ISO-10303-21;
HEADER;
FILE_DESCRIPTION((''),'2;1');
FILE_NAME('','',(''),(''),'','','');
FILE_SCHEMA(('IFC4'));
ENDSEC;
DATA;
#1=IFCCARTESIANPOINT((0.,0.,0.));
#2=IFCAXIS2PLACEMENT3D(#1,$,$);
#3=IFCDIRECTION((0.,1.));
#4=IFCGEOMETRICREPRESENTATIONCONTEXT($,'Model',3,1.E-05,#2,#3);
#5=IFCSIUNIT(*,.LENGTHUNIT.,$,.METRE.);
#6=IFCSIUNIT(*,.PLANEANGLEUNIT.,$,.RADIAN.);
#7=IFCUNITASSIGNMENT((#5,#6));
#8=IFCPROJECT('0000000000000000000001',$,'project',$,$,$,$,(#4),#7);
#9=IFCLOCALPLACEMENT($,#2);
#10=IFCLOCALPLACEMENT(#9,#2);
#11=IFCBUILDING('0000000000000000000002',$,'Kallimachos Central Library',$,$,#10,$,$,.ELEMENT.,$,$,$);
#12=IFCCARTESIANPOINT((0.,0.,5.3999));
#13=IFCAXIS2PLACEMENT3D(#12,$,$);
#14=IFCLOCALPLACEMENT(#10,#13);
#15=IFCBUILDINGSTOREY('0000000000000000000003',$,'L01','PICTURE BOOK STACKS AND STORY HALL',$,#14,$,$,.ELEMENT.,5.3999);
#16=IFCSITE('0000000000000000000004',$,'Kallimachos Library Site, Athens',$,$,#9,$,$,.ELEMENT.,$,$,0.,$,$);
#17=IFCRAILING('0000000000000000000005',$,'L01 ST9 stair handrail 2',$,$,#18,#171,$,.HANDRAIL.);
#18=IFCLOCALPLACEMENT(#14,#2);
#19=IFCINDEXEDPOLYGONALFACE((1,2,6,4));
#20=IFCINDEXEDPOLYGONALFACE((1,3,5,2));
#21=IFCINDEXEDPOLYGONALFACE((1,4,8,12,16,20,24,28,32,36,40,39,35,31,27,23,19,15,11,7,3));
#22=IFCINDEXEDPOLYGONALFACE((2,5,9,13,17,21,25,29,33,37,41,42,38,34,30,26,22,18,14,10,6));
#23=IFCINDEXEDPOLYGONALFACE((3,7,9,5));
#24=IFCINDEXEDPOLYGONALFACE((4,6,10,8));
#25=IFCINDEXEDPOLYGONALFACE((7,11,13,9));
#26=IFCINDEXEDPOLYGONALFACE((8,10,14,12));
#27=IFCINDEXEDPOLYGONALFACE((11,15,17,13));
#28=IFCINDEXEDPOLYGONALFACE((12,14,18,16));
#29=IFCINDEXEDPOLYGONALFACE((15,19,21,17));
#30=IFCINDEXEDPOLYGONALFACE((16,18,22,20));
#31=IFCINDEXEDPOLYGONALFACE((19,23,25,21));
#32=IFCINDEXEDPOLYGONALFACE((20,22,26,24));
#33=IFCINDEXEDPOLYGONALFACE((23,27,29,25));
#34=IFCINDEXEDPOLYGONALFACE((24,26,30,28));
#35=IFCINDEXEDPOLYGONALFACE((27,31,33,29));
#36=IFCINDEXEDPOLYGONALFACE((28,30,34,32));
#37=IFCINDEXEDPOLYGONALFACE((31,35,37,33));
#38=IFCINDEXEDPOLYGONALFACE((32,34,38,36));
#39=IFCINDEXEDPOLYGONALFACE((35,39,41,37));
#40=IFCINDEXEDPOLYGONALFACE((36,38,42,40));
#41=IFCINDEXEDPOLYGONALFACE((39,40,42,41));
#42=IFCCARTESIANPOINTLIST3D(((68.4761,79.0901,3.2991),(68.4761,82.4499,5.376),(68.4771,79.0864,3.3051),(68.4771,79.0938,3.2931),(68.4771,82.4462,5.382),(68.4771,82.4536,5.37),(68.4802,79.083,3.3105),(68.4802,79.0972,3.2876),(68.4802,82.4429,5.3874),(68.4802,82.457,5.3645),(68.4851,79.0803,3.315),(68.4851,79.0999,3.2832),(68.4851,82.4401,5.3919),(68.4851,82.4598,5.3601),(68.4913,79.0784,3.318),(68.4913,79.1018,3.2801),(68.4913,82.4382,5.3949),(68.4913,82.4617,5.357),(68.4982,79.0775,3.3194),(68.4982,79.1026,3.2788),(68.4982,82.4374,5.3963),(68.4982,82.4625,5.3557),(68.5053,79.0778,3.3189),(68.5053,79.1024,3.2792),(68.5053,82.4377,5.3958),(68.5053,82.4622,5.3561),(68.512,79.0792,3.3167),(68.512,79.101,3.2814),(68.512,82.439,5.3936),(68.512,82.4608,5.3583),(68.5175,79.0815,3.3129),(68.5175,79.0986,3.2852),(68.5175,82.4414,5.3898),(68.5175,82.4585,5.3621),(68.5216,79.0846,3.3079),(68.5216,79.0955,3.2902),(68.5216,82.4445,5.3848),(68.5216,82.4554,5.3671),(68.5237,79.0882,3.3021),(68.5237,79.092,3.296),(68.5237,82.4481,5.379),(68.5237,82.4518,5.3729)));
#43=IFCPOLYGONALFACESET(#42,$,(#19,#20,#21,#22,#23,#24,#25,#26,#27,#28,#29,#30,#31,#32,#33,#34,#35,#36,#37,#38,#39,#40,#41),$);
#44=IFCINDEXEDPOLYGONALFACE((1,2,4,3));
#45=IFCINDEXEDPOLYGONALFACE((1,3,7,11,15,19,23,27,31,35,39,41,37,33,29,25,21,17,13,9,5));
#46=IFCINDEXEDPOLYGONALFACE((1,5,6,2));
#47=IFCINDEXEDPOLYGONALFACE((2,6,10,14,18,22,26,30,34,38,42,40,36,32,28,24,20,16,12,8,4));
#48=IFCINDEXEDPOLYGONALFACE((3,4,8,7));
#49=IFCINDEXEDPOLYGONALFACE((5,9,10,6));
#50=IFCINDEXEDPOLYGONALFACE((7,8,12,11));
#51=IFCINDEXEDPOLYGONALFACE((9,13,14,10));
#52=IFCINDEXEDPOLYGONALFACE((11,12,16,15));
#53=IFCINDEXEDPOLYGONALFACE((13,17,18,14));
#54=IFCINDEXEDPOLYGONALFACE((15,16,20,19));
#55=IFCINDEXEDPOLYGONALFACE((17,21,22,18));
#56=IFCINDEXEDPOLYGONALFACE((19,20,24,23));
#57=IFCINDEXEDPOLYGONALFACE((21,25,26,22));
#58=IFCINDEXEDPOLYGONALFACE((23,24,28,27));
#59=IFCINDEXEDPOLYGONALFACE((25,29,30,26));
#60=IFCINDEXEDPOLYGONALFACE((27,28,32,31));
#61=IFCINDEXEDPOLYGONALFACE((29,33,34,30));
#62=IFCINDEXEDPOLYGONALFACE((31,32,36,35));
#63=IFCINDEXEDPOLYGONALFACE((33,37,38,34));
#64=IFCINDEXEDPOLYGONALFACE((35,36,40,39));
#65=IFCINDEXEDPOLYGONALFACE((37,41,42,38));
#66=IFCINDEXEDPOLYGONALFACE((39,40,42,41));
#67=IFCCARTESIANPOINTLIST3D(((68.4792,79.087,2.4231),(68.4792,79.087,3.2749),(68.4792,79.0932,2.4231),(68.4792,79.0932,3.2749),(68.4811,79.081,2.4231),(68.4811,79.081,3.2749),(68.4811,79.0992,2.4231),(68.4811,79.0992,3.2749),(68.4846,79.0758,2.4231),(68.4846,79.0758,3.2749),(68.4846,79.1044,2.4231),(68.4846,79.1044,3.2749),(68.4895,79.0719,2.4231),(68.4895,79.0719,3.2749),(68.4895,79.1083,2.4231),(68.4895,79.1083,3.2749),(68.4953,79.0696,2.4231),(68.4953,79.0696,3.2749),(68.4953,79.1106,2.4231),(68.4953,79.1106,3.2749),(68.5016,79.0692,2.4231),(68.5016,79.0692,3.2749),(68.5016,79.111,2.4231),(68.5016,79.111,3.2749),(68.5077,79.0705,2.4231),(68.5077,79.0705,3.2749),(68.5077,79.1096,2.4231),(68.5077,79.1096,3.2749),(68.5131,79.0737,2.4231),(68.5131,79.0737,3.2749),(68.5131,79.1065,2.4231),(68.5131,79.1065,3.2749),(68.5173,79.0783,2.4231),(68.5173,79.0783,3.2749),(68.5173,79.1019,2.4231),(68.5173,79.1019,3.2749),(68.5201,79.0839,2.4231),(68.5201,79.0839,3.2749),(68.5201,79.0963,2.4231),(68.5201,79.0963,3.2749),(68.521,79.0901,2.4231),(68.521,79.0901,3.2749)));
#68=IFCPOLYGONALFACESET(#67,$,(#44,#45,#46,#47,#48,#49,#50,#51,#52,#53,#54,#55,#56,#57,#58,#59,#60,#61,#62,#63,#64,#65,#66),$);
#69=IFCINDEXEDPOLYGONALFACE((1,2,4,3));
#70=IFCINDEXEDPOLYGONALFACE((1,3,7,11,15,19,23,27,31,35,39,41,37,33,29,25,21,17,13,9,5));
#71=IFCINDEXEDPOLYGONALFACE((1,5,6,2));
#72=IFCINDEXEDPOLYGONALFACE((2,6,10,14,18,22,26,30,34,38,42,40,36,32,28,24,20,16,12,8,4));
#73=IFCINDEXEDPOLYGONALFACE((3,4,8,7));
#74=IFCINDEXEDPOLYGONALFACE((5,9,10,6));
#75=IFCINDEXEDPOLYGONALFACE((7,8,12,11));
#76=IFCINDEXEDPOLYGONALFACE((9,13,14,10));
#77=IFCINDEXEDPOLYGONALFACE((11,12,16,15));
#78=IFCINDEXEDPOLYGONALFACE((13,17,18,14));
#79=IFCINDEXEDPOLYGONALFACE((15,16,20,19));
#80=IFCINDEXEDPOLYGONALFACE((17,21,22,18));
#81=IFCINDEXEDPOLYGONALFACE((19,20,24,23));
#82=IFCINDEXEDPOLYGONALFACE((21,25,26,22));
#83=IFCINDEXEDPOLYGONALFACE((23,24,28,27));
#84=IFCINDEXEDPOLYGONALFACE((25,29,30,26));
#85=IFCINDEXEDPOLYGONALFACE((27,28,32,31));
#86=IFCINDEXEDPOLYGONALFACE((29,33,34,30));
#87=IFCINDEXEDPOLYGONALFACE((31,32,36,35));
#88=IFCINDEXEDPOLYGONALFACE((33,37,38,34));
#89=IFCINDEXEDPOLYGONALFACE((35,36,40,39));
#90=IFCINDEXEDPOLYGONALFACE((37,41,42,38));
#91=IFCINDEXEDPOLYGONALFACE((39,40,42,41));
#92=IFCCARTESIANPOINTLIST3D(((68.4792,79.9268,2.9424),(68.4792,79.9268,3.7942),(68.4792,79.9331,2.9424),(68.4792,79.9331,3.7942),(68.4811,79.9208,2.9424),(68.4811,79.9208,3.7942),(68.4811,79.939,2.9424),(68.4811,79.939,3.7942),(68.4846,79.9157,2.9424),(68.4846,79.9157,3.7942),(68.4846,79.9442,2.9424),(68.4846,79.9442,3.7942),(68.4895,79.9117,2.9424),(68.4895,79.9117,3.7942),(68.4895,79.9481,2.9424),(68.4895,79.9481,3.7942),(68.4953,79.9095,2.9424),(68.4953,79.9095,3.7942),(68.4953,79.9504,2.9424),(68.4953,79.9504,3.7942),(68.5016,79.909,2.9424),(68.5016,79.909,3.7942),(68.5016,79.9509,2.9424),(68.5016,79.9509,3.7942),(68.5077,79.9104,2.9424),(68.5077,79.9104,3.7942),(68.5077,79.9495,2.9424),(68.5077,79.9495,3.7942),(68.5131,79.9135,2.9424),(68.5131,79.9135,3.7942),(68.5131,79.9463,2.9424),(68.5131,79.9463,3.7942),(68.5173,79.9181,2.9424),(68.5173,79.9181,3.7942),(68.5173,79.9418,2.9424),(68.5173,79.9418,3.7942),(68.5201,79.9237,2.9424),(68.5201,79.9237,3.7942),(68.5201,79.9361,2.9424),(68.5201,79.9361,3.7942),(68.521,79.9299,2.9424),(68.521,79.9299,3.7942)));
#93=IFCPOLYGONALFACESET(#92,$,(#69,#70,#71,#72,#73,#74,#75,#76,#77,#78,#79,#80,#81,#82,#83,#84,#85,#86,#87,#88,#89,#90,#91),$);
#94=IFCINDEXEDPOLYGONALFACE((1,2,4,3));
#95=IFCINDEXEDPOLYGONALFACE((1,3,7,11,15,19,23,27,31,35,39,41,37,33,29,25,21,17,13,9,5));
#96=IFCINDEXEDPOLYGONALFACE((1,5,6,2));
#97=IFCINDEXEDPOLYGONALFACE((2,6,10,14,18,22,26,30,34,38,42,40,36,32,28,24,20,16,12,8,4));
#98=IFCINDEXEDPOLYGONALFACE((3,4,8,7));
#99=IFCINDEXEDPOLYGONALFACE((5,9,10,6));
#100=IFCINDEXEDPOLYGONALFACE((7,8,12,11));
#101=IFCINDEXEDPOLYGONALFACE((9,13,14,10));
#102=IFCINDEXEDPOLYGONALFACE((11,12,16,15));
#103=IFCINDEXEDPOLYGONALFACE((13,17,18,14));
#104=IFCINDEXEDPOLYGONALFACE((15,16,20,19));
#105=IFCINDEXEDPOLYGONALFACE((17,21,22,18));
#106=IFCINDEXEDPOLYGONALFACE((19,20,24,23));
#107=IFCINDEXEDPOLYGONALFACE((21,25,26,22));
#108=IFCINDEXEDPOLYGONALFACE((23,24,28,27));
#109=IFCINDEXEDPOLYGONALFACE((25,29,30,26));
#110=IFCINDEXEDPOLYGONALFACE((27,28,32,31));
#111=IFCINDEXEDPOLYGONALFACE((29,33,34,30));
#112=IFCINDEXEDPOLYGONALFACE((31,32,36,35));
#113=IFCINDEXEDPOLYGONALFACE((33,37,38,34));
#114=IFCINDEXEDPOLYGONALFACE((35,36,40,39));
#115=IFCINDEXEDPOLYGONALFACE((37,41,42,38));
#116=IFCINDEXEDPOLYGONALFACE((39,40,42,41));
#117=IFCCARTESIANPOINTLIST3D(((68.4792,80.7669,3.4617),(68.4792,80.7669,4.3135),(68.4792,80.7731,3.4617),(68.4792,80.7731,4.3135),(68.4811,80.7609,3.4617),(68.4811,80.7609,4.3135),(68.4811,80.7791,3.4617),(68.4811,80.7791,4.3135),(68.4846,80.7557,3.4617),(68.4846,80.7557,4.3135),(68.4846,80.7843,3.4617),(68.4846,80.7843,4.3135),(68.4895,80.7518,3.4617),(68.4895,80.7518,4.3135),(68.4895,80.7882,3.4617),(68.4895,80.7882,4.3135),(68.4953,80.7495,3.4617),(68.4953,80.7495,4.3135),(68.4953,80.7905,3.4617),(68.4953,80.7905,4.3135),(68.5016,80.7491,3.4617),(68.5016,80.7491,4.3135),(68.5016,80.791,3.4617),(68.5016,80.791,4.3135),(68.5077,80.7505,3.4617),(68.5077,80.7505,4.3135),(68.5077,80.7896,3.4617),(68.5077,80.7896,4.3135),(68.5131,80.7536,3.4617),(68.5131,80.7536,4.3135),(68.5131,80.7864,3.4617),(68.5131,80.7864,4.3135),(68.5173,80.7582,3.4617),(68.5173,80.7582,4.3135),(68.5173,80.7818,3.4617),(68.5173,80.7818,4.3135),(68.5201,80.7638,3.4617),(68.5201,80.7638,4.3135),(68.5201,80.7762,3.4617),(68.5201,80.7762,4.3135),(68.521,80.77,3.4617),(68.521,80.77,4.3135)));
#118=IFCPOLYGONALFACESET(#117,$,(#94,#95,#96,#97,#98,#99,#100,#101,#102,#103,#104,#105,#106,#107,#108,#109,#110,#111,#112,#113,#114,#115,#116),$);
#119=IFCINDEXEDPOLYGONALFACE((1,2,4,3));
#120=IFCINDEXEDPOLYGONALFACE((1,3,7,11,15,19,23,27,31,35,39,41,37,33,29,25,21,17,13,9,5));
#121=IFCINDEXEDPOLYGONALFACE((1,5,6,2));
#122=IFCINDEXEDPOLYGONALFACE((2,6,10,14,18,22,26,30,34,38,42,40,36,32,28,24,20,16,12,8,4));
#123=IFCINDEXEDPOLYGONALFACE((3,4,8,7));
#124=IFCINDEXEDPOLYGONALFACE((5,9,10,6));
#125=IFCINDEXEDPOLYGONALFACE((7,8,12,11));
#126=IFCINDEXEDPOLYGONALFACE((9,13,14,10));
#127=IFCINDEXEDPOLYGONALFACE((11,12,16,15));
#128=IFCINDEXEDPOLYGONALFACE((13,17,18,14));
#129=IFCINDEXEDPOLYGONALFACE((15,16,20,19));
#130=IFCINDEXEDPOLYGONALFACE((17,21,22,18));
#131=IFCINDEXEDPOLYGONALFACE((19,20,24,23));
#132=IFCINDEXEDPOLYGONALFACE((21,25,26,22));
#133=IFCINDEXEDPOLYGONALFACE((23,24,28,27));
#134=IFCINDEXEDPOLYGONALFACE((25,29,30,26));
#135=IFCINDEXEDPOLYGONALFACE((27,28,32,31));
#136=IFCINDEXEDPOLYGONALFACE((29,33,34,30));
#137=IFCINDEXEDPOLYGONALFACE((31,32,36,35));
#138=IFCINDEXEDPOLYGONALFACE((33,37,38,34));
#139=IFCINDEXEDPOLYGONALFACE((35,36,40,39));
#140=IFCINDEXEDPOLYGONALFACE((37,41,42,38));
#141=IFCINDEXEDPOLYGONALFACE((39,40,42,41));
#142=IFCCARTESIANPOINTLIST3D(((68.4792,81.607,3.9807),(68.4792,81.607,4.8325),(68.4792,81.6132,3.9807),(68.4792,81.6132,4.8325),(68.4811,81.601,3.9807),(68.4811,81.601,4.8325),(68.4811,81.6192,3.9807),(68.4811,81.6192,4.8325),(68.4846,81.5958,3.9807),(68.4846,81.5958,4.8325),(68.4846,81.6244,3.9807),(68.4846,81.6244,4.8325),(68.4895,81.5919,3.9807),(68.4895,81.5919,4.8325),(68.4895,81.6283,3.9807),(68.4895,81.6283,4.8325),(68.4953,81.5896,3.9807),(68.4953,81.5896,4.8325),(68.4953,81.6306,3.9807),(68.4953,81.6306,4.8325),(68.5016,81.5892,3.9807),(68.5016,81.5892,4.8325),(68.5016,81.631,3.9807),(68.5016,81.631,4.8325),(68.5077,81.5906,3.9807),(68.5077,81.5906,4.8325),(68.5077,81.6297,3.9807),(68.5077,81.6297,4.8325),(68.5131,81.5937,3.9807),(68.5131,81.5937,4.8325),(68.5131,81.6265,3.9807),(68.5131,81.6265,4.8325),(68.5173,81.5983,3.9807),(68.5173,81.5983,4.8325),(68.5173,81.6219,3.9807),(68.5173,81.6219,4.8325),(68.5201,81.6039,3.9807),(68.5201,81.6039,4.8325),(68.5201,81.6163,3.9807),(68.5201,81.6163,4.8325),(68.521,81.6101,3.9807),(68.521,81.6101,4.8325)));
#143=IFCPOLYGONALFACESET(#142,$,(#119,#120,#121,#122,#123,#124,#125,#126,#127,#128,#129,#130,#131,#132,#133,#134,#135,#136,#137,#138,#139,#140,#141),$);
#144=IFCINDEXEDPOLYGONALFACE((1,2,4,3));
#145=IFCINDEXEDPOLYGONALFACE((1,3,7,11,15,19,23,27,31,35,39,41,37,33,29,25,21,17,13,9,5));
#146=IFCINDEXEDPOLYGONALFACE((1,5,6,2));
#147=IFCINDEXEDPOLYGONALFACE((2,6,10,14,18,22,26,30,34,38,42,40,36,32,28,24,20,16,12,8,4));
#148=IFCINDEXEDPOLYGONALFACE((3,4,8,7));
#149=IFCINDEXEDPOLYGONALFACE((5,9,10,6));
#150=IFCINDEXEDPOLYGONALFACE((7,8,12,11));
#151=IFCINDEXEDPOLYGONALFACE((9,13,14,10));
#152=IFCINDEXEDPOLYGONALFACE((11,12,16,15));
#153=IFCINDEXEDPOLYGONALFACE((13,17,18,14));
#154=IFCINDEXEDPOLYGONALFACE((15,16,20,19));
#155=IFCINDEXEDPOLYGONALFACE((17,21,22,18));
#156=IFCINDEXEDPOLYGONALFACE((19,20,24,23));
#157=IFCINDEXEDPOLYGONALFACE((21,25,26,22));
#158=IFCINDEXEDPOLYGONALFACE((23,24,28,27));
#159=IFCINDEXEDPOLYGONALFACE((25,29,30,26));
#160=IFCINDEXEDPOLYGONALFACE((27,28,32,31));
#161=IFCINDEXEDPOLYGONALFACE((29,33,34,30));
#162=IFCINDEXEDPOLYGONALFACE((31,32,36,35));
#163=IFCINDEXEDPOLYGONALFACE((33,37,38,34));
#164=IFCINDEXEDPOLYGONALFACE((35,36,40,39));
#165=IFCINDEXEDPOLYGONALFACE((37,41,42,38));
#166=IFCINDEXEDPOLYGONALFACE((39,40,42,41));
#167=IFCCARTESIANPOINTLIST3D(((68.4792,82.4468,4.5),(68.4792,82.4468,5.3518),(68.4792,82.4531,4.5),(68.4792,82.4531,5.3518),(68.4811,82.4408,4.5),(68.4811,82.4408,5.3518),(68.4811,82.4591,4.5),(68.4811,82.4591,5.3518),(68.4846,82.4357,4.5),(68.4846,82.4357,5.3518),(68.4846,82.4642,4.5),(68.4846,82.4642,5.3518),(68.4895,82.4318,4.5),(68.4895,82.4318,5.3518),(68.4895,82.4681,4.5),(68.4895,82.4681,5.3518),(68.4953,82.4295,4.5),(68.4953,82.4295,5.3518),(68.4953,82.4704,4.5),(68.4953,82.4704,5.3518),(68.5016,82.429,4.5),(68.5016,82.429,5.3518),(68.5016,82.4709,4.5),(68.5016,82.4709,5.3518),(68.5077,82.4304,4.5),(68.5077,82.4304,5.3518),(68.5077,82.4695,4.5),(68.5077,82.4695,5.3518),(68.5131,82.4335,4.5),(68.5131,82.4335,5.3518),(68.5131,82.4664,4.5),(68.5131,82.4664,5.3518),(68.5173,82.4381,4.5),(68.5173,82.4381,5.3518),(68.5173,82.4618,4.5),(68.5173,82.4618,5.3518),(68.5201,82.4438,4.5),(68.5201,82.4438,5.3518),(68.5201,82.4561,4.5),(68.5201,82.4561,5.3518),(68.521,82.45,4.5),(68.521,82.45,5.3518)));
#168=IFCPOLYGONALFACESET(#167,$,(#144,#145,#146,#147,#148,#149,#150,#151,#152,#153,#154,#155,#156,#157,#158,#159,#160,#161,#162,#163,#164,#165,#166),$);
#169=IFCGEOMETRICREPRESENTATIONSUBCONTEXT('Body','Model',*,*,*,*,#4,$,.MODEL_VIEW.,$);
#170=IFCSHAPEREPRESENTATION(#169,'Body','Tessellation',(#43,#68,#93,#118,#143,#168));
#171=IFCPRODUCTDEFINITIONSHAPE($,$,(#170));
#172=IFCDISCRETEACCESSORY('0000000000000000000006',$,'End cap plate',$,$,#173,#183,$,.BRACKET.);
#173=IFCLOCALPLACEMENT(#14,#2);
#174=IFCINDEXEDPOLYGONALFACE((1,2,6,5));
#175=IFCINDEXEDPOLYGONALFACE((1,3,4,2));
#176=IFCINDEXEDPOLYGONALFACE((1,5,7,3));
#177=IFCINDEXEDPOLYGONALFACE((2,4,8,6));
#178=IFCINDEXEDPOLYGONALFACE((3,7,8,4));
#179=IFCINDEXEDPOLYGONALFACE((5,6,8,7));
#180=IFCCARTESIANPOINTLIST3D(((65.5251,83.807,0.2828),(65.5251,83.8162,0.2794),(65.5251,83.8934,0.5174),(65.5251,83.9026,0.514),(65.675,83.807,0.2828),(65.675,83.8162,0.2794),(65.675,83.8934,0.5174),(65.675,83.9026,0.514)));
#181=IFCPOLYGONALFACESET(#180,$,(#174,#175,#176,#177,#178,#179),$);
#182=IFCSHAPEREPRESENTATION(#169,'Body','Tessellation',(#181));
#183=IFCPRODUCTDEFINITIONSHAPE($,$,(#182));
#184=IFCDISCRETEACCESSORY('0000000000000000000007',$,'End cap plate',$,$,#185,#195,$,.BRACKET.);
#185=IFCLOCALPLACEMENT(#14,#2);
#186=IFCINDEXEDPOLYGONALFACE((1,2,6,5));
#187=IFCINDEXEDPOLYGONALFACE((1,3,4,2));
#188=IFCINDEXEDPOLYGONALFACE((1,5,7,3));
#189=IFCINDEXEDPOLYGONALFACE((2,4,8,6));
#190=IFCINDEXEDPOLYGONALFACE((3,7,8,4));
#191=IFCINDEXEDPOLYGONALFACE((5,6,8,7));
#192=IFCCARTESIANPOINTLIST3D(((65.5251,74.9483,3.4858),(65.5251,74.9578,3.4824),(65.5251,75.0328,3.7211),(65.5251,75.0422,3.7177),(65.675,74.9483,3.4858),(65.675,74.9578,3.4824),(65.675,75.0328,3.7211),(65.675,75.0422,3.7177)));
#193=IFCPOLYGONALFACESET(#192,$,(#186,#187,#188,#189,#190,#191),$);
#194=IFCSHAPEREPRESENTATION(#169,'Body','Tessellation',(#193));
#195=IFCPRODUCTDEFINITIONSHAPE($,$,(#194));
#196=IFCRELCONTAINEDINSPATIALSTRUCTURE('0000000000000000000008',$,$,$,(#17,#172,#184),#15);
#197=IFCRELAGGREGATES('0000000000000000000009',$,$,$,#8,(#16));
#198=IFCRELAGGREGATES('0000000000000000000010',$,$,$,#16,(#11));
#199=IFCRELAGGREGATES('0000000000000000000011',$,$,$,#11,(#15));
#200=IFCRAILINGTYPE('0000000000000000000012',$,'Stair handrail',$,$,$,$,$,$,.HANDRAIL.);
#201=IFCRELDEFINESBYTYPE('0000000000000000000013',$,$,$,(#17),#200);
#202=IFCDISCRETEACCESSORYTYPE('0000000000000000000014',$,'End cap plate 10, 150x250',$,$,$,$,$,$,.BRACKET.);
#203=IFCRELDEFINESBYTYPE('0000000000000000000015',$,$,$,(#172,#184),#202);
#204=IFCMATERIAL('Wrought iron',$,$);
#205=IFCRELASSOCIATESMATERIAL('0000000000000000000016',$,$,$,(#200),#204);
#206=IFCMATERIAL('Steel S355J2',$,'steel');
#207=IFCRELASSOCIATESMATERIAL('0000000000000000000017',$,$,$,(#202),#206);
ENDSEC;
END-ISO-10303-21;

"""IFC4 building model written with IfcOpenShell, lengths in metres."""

from ifc_helpers import new_model, si_unit, direction, frame, origin, origin_2d, place, context, subcontext, project, spatial, rectangle, circle, extrude, material, material_profile, profile_set, type_object, element, save


model = new_model("IFC4")

# Units and contexts
model_context = context("Model", 3, precision=1e-05, world=origin(), true_north=direction((0.0, 1.0)))
body_context = subcontext(model_context, "Body", "Model", "MODEL_VIEW")
ifc_project = project(units=[si_unit("LENGTHUNIT", "METRE"), si_unit("PLANEANGLEUNIT", "RADIAN")], contexts=[model_context])

# Site, building, storey
site_placement = place(None, origin())
site = spatial("IfcSite", under=ifc_project, at=site_placement, Name="Kallimachos Library Site, Athens", CompositionType="ELEMENT", RefElevation=0.0)
building_placement = place(site_placement, origin())
building = spatial("IfcBuilding", under=site, at=building_placement, Name="Kallimachos Central Library", CompositionType="ELEMENT")
storey_placement = place(building_placement, frame((0.0, 0.0, 5.3999)))
storey = spatial("IfcBuildingStorey", under=building, at=storey_placement, Name="L01", Description="PICTURE BOOK STACKS AND STORY HALL", CompositionType="ELEMENT", Elevation=5.3999)

# Railing
ifc_material_1 = material(Name="Wrought iron")
railing_type_1 = type_object("IfcRailingType", Name="Stair handrail", PredefinedType="HANDRAIL", material=ifc_material_1)
railing_1_placement = place(storey_placement, frame((68.5, 79.0901, 2.4231)))
element("IfcRailing", 1, at=railing_1_placement, inside=storey, type_object=railing_type_1, Name="L01 ST9 stair handrail 2", PredefinedType="HANDRAIL", context=body_context, shape_type="SweptSolid", body=[
    extrude(circle(Radius=0.0239, at=origin_2d()), frame((0.0, 0.0, 0.876), z_axis=(0.0, 0.850606, 0.525803), x_axis=(-1.0, 0.0, 0.0)), (0.0, 0.0, 1.0), 3.95),
    extrude(circle(Radius=0.021, at=origin_2d()), origin(), (0.0, 0.0, 1.0), 0.8518),
    extrude(circle(Radius=0.021, at=origin_2d()), frame((0.0, 0.8398, 0.5193)), (0.0, 0.0, 1.0), 0.8518),
    extrude(circle(Radius=0.021, at=origin_2d()), frame((0.0, 1.6799, 1.0386)), (0.0, 0.0, 1.0), 0.8518),
    extrude(circle(Radius=0.021, at=origin_2d()), frame((0.0, 2.52, 1.5576)), (0.0, 0.0, 1.0), 0.8518),
    extrude(circle(Radius=0.021, at=origin_2d()), frame((0.0, 3.3599, 2.0769)), (0.0, 0.0, 1.0), 0.8518),
])

# Discrete accessories
ifc_material_2 = material(Name="Steel S355J2", Category="steel")
ifc_material_profile_1 = material_profile(ifc_material_2, rectangle(XDim=0.1499, YDim=0.25, at=origin_2d()), Name="End cap plate 10, 150x250")
ifc_profile_set_1 = profile_set([ifc_material_profile_1], Name="Steel S355J2")
discrete_accessory_type = type_object("IfcDiscreteAccessoryType", Name="End cap plate 10, 150x250", PredefinedType="BRACKET", material=ifc_profile_set_1)
discrete_accessory_1_placement = place(storey_placement, frame((65.6001, 83.8594, 0.3967), z_axis=(0.0, -0.938343, 0.345705), x_axis=(1.0, 0.0, 0.0)))
element("IfcDiscreteAccessory", 2, at=discrete_accessory_1_placement, inside=storey, type_object=discrete_accessory_type, Name="End cap plate", PredefinedType="BRACKET", context=body_context, shape_type="SweptSolid", body=[
    extrude(rectangle(XDim=0.1499, YDim=0.25, at=origin_2d()), origin(), (0.0, 0.0, 1.0), 0.0098),
])
discrete_accessory_2_placement = place(storey_placement, frame((65.6001, 75.0, 3.6001), z_axis=(0.0, -0.941195, 0.337865), x_axis=(1.0, 0.0, 0.0)))
element("IfcDiscreteAccessory", 3, at=discrete_accessory_2_placement, inside=storey, type_object=discrete_accessory_type, Name="End cap plate", PredefinedType="BRACKET", context=body_context, shape_type="SweptSolid", body=[
    extrude(rectangle(XDim=0.1499, YDim=0.25, at=origin_2d()), origin(), (0.0, 0.0, 1.0), 0.01),
])

save(model, "model.ifc")
